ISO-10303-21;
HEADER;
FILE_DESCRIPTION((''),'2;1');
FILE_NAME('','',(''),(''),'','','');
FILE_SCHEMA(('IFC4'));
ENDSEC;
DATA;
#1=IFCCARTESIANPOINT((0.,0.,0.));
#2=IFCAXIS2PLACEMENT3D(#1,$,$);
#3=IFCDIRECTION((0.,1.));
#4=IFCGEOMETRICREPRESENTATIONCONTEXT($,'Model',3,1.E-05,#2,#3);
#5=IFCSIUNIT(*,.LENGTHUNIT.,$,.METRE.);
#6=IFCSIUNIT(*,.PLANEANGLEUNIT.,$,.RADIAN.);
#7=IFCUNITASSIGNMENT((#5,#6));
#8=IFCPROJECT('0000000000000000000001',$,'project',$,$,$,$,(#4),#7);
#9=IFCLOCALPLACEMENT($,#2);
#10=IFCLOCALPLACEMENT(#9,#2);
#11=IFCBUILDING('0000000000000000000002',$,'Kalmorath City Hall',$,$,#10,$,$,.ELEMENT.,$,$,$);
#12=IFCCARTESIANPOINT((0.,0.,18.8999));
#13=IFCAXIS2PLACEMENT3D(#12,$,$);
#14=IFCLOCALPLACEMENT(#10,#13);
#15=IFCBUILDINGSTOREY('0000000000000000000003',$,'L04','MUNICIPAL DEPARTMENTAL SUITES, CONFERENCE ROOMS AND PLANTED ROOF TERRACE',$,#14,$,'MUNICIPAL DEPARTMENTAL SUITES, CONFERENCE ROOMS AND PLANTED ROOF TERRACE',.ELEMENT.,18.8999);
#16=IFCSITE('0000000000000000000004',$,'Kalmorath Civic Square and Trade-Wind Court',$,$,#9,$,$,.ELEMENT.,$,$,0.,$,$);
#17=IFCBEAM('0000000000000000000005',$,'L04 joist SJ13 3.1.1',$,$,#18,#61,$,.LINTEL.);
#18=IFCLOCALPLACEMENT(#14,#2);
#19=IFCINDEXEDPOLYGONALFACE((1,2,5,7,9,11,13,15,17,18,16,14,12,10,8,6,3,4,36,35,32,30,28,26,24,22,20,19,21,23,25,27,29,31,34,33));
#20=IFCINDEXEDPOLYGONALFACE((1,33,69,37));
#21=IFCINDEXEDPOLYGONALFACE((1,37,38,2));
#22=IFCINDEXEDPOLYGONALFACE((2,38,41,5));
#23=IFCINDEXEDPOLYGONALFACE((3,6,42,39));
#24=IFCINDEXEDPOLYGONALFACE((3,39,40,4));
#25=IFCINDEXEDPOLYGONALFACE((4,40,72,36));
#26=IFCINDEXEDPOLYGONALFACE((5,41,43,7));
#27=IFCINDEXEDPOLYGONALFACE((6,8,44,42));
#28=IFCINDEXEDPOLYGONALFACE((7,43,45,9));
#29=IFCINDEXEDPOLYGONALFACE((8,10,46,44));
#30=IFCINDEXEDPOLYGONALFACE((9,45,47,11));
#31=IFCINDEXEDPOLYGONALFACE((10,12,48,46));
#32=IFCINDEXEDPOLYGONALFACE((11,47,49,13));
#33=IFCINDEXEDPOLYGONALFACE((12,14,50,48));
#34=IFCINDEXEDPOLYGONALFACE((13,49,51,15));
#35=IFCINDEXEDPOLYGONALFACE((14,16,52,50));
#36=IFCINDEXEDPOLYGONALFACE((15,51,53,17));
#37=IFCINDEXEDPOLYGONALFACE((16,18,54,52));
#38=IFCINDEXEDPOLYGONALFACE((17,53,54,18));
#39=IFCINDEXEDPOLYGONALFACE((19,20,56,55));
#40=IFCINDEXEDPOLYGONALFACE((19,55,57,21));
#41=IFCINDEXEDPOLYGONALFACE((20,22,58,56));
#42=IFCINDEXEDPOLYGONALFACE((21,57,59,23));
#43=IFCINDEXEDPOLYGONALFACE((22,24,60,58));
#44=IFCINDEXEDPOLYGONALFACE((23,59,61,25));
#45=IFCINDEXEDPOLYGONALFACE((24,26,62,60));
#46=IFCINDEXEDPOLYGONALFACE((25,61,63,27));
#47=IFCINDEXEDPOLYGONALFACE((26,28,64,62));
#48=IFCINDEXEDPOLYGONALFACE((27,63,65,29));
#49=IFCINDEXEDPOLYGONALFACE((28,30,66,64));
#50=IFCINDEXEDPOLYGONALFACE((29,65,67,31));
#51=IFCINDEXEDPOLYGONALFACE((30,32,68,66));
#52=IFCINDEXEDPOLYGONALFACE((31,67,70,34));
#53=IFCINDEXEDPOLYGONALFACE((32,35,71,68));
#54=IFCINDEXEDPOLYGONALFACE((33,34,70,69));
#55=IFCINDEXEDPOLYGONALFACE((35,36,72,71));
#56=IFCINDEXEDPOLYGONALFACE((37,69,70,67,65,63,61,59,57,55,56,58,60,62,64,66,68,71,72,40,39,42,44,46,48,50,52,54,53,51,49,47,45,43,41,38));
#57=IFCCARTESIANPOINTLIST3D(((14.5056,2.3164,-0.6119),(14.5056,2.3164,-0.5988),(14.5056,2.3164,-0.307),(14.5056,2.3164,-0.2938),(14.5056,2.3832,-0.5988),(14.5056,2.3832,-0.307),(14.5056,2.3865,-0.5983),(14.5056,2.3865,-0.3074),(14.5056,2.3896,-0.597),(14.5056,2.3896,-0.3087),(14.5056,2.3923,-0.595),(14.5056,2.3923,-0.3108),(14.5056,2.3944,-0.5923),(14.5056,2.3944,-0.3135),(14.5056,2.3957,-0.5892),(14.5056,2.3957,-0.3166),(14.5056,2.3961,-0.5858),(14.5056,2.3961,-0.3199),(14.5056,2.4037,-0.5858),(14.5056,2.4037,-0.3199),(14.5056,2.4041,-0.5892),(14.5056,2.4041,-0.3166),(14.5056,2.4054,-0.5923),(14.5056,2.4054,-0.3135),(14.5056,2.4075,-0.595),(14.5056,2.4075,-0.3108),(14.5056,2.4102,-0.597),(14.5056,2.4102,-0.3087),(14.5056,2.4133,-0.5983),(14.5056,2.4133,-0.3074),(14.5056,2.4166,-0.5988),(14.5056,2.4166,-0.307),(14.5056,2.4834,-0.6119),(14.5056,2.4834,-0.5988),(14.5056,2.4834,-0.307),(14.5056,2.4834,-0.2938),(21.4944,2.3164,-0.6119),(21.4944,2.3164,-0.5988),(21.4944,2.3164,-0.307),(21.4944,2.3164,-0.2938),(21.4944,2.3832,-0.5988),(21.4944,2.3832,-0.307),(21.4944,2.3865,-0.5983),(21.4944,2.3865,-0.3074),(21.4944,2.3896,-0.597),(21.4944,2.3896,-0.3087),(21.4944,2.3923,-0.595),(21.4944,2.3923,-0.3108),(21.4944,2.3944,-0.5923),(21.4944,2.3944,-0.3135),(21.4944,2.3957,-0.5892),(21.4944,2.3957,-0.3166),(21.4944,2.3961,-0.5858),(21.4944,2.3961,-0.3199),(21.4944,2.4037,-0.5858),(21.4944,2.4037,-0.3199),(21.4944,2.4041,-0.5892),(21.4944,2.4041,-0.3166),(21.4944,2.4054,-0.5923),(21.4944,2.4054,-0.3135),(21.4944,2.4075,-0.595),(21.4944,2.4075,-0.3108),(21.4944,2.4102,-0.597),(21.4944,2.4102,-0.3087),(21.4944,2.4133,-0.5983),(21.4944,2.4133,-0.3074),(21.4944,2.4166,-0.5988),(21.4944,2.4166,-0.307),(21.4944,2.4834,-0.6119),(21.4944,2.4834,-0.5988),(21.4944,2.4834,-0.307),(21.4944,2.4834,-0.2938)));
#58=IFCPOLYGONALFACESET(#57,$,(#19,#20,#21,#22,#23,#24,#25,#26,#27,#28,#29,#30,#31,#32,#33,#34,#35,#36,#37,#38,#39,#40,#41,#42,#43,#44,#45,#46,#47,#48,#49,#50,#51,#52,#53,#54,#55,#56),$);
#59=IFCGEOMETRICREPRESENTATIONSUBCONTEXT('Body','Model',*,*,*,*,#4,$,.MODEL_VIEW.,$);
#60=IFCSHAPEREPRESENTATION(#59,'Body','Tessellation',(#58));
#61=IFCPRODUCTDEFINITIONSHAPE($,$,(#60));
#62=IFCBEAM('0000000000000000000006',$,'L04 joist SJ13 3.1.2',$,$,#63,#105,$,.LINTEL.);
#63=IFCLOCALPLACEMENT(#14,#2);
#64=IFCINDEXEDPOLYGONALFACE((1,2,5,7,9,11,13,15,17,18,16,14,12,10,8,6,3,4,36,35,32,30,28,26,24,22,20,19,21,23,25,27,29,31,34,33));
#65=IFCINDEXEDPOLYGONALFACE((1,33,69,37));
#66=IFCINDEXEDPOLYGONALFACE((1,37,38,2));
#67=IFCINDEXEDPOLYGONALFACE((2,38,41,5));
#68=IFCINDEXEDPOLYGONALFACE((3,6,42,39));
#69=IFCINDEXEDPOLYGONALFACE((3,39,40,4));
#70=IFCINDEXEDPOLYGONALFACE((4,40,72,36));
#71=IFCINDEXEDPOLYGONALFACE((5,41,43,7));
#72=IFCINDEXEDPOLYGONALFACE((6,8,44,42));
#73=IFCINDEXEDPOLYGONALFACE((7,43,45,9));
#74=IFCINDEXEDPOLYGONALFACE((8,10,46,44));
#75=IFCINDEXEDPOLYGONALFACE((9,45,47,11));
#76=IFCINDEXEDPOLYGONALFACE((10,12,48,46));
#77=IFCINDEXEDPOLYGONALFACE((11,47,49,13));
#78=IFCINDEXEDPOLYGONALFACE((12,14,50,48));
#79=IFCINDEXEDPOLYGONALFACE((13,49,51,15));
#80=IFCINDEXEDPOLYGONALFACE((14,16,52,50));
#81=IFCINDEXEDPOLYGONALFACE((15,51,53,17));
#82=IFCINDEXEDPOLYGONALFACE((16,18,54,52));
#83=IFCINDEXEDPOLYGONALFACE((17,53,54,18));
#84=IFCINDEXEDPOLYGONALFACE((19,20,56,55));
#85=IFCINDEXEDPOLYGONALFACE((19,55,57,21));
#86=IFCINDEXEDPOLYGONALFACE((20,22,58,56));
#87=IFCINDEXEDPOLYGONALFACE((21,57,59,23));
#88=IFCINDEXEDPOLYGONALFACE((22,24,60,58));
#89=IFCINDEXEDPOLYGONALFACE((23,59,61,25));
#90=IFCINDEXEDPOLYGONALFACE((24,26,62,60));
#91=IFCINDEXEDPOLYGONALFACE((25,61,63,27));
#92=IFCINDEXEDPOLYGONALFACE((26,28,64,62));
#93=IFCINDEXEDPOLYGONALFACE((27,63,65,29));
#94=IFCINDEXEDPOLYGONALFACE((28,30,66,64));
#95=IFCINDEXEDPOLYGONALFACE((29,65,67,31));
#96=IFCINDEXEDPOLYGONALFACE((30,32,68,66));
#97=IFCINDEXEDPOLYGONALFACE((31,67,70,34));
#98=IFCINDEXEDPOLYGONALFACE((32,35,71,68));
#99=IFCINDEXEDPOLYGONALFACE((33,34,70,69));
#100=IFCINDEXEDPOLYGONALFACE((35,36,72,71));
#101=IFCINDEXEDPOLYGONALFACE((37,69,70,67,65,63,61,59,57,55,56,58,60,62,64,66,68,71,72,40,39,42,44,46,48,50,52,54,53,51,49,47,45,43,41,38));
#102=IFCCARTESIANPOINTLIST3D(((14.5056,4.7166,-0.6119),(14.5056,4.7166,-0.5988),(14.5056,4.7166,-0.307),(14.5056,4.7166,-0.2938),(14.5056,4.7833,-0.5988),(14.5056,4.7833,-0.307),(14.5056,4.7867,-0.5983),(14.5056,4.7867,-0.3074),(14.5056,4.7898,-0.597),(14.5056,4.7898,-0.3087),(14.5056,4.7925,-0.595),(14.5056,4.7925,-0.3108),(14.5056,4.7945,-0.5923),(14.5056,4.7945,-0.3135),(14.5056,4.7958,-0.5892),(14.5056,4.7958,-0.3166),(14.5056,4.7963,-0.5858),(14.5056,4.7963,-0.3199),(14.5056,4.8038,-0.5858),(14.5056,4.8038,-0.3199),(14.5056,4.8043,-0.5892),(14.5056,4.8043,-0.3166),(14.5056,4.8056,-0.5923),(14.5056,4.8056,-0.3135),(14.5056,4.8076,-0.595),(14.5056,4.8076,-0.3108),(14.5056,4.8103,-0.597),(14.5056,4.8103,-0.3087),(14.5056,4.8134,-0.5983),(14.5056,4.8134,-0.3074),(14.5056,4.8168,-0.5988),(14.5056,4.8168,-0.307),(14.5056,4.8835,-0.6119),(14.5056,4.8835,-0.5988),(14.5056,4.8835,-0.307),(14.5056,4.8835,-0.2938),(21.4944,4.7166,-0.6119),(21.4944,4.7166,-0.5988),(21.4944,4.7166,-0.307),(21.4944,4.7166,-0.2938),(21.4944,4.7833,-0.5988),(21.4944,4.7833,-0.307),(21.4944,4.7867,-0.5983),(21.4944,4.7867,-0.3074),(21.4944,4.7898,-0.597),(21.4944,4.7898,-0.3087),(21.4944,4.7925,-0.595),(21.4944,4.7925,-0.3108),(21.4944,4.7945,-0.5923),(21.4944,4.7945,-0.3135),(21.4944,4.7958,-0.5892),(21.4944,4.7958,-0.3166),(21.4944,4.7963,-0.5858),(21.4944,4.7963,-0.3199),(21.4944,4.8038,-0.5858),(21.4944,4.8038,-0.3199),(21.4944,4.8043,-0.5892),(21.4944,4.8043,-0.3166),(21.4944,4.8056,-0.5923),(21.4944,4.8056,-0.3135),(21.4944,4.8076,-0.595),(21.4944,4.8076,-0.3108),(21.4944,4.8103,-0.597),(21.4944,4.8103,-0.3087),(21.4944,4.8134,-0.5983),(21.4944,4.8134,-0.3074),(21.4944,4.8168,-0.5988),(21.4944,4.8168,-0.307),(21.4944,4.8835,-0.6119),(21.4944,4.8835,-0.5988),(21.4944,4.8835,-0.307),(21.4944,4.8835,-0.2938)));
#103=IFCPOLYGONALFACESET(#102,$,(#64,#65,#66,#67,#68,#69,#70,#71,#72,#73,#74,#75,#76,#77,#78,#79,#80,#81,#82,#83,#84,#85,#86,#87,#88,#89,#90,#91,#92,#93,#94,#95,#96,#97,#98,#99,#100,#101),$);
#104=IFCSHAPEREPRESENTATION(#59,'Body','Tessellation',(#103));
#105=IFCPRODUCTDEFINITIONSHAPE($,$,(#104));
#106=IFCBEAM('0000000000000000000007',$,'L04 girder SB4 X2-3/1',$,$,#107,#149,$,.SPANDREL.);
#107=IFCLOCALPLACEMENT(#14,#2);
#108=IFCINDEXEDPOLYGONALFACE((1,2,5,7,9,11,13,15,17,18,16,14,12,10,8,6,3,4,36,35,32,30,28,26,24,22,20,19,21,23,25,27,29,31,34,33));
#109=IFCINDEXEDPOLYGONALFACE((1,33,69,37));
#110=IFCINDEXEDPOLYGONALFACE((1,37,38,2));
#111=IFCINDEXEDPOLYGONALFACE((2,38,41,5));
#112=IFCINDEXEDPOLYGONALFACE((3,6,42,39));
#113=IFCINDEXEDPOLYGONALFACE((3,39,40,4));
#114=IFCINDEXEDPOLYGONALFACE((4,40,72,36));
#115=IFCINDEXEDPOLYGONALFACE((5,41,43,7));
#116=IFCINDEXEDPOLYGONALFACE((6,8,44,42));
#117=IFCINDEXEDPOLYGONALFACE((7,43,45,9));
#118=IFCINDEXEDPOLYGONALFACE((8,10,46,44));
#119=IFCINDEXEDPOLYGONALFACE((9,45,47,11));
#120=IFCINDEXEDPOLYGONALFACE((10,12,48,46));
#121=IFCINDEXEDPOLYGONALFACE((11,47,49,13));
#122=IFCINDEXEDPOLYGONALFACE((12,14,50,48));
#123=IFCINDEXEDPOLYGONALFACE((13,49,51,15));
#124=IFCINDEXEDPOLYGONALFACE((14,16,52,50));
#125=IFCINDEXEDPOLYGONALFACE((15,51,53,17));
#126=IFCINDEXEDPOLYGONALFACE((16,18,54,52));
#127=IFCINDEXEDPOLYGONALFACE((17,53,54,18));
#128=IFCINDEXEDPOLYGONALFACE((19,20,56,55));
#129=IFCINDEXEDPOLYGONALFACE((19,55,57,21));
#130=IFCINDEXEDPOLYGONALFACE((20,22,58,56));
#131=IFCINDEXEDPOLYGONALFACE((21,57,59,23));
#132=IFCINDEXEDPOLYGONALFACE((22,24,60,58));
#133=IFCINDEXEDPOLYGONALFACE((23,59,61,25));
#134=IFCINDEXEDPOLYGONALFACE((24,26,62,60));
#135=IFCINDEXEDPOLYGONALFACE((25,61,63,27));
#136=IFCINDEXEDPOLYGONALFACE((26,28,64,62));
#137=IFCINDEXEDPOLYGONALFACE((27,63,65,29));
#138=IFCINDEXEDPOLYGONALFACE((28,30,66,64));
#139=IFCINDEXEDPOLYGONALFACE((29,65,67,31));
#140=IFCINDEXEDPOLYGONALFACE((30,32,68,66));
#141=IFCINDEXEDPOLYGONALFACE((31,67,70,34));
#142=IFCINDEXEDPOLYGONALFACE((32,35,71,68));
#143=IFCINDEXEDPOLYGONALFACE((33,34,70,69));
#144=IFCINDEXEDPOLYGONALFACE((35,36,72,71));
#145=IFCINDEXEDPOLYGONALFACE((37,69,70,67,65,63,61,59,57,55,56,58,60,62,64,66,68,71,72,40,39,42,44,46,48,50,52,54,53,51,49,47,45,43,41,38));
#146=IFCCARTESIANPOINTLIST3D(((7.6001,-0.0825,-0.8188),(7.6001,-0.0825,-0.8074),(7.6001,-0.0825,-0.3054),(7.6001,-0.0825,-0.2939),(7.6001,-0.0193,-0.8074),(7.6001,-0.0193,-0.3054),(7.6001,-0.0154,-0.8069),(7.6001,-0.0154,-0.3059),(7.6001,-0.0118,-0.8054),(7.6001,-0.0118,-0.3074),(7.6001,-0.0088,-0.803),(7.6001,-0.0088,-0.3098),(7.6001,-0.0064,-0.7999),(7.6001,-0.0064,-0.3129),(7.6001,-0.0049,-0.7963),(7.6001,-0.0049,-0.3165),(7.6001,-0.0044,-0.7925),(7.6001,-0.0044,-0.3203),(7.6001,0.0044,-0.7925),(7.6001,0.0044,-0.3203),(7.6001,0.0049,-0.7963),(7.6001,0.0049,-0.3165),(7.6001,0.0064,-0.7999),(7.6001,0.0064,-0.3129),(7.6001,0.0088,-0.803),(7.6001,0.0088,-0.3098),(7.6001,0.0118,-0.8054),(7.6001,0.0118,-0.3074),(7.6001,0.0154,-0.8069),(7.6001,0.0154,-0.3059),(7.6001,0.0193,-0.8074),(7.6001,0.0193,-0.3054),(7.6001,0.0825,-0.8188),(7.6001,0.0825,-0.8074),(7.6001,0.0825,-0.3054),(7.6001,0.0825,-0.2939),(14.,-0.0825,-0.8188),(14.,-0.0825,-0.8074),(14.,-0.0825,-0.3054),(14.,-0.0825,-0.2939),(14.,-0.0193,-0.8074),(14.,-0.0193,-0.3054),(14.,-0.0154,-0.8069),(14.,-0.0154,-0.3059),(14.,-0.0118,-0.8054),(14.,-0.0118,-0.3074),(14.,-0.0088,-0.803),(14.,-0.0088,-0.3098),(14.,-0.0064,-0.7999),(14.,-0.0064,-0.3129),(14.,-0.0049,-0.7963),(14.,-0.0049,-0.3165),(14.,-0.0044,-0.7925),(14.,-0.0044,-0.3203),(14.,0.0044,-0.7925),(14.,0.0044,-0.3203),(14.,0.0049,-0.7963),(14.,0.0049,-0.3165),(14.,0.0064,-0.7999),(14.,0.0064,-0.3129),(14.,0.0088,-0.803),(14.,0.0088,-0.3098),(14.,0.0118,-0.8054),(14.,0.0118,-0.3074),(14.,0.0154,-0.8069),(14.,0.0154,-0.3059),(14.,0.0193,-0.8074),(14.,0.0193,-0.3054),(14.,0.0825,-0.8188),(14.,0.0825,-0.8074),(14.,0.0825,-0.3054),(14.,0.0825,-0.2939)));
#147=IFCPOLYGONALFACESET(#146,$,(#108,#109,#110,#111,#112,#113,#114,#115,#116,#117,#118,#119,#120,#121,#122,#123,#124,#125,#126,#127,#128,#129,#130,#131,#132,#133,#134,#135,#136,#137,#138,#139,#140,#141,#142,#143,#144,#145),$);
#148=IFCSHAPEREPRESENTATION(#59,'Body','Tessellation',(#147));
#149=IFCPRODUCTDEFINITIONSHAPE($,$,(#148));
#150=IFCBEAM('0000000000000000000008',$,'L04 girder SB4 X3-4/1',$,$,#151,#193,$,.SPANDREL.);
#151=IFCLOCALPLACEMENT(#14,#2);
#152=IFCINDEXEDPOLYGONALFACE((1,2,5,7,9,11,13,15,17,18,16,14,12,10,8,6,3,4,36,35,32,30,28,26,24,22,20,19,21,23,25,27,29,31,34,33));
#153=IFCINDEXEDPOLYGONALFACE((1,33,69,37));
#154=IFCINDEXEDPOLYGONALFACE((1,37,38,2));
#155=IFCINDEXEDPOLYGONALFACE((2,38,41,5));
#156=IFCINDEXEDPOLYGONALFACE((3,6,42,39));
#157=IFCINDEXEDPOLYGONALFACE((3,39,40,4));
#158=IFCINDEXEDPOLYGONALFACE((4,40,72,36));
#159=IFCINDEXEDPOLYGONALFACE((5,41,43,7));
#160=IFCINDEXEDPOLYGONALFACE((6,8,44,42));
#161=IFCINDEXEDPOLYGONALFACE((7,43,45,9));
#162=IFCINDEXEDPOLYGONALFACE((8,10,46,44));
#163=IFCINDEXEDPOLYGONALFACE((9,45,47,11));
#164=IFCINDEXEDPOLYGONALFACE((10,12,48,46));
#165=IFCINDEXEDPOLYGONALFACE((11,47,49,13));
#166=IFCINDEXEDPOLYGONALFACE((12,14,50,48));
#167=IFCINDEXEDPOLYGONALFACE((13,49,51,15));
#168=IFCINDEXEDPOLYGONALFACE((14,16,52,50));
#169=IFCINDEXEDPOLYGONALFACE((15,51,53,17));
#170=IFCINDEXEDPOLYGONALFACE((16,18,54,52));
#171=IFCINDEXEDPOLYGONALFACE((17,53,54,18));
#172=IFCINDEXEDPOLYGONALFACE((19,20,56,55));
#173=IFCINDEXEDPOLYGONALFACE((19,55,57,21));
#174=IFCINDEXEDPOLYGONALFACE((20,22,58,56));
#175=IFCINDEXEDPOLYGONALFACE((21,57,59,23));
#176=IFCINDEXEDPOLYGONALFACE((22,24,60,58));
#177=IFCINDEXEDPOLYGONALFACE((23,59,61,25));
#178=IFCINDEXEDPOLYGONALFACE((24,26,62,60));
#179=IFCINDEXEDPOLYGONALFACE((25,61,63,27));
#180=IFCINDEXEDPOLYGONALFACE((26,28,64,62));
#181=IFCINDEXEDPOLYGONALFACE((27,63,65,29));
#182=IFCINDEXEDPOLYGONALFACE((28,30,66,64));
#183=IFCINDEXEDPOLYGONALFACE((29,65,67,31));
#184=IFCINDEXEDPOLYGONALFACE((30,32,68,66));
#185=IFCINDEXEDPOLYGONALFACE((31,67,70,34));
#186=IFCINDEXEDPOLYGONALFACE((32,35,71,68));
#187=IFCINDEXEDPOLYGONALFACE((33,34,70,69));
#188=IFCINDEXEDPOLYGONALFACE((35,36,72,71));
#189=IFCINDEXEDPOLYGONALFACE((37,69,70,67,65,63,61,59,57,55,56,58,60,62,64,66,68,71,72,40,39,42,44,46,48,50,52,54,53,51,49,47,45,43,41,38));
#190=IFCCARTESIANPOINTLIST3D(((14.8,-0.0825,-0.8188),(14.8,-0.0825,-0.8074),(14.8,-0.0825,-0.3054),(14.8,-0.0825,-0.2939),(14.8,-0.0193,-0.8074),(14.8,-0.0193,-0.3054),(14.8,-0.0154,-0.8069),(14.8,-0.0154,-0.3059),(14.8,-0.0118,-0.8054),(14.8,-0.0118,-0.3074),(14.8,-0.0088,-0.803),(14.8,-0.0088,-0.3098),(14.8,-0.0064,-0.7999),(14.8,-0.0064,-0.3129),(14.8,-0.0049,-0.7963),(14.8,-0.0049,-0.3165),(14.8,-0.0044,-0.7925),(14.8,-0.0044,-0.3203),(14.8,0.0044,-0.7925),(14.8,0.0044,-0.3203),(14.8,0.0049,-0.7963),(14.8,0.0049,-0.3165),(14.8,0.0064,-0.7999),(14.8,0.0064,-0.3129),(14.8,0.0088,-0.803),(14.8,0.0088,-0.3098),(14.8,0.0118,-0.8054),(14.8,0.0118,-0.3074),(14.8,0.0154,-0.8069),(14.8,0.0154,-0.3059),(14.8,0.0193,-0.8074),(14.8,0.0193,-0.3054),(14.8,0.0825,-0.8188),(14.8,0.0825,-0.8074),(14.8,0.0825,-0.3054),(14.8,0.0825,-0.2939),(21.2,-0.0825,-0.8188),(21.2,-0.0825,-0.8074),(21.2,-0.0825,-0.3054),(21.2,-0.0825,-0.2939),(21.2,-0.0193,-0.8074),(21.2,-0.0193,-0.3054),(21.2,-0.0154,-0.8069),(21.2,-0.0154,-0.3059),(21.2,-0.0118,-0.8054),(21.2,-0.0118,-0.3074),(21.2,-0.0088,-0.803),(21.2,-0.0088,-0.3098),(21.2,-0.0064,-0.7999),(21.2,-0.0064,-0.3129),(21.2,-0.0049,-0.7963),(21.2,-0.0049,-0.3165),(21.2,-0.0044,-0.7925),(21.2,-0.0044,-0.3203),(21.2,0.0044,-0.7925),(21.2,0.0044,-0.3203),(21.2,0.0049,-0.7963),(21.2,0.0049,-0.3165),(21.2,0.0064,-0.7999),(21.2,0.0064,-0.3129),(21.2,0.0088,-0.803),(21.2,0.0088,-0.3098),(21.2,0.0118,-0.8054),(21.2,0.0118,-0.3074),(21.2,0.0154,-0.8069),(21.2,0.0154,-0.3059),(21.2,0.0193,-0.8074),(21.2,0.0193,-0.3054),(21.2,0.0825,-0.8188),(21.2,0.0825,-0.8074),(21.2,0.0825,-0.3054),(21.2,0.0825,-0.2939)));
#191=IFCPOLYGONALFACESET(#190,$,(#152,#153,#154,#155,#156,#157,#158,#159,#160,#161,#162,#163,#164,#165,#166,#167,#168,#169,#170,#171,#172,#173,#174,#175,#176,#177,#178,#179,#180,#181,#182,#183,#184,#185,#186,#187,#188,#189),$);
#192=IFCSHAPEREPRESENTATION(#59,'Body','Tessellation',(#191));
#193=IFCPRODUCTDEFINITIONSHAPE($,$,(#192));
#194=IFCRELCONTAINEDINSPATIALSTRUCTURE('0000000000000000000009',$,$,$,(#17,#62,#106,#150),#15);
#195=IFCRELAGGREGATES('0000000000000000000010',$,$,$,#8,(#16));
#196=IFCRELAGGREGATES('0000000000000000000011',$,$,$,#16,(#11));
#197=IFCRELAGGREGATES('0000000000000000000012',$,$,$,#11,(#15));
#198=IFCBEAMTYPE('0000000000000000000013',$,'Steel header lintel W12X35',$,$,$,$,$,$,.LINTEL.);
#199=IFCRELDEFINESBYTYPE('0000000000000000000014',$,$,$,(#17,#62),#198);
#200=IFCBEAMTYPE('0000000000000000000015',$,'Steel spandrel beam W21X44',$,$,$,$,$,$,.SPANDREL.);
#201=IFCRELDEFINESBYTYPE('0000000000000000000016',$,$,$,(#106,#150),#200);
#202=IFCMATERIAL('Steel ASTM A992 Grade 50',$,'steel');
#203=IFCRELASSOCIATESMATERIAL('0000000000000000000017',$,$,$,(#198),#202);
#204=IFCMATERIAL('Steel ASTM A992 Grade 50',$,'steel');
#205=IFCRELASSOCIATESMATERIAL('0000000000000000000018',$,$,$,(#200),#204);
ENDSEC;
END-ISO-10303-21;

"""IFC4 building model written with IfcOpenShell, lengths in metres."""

from ifc_helpers import new_model, si_unit, direction, frame, origin, origin_2d, place, context, subcontext, project, spatial, i_section, extrude, material, material_profile, profile_set, type_object, element, save


model = new_model("IFC4")

# Units and contexts
model_context = context("Model", 3, precision=1e-05, world=origin(), true_north=direction((0.0, 1.0)))
body_context = subcontext(model_context, "Body", "Model", "MODEL_VIEW")
ifc_project = project(units=[si_unit("LENGTHUNIT", "METRE"), si_unit("PLANEANGLEUNIT", "RADIAN")], contexts=[model_context])

# Site, building, storey
site_placement = place(None, origin())
site = spatial("IfcSite", under=ifc_project, at=site_placement, Name="Kalmorath Civic Square and Trade-Wind Court", CompositionType="ELEMENT", RefElevation=0.0)
building_placement = place(site_placement, origin())
building = spatial("IfcBuilding", under=site, at=building_placement, Name="Kalmorath City Hall", CompositionType="ELEMENT")
storey_placement = place(building_placement, frame((0.0, 0.0, 18.8999)))
storey = spatial("IfcBuildingStorey", under=building, at=storey_placement, Name="L04", Description="MUNICIPAL DEPARTMENTAL SUITES, CONFERENCE ROOMS AND PLANTED ROOF TERRACE", LongName="MUNICIPAL DEPARTMENTAL SUITES, CONFERENCE ROOMS AND PLANTED ROOF TERRACE", CompositionType="ELEMENT", Elevation=18.8999)

# Beams
ifc_material_1 = material(Name="Steel ASTM A992 Grade 50", Category="steel")
ifc_material_profile_1 = material_profile(ifc_material_1, i_section(OverallWidth=0.167, OverallDepth=0.3181, WebThickness=0.0076, FlangeThickness=0.0132, FilletRadius=0.0129, at=origin_2d()), Name="W12X35")
ifc_profile_set_1 = profile_set([ifc_material_profile_1], Name="Steel ASTM A992 Grade 50")
beam_type_1 = type_object("IfcBeamType", Name="Steel header lintel W12X35", PredefinedType="LINTEL", material=ifc_profile_set_1)
for number, where, z_axis, x_axis, name in (
    (1, (14.5056, 2.3999, -0.4529), (1.0, 0.0, 0.0), (0.0, 1.0, 0.0), "L04 joist SJ13 3.1.1"),
    (2, (14.5056, 4.8, -0.4529), (1.0, 0.0, 0.0), (0.0, 1.0, 0.0), "L04 joist SJ13 3.1.2"),
):
    element("IfcBeam", number, at=place(storey_placement, frame(where, z_axis=z_axis, x_axis=x_axis)), inside=storey, type_object=beam_type_1, Name=name, PredefinedType="LINTEL", context=body_context, shape_type="SweptSolid", body=[
        extrude(i_section(OverallWidth=0.167, OverallDepth=0.3181, WebThickness=0.0076, FlangeThickness=0.0132, FilletRadius=0.0129, at=origin_2d()), origin(), (0.0, 0.0, 1.0), 6.9888),
    ])
ifc_material_2 = material(Name="Steel ASTM A992 Grade 50", Category="steel")
ifc_material_profile_2 = material_profile(ifc_material_2, i_section(OverallWidth=0.165, OverallDepth=0.5249, WebThickness=0.0088, FlangeThickness=0.0115, FilletRadius=0.0149, at=origin_2d()), Name="W21X44")
ifc_profile_set_2 = profile_set([ifc_material_profile_2], Name="Steel ASTM A992 Grade 50")
beam_type_2 = type_object("IfcBeamType", Name="Steel spandrel beam W21X44", PredefinedType="SPANDREL", material=ifc_profile_set_2)
for number, where, z_axis, x_axis, name in (
    (3, (7.6001, 0.0, -0.5564), (1.0, 0.0, 0.0), (0.0, 1.0, 0.0), "L04 girder SB4 X2-3/1"),
    (4, (14.8, 0.0, -0.5564), (1.0, 0.0, 0.0), (0.0, 1.0, 0.0), "L04 girder SB4 X3-4/1"),
):
    element("IfcBeam", number, at=place(storey_placement, frame(where, z_axis=z_axis, x_axis=x_axis)), inside=storey, type_object=beam_type_2, Name=name, PredefinedType="SPANDREL", context=body_context, shape_type="SweptSolid", body=[
        extrude(i_section(OverallWidth=0.165, OverallDepth=0.5249, WebThickness=0.0088, FlangeThickness=0.0115, FilletRadius=0.0149, at=origin_2d()), origin(), (0.0, 0.0, 1.0), 6.3999),
    ])

save(model, "model.ifc")
